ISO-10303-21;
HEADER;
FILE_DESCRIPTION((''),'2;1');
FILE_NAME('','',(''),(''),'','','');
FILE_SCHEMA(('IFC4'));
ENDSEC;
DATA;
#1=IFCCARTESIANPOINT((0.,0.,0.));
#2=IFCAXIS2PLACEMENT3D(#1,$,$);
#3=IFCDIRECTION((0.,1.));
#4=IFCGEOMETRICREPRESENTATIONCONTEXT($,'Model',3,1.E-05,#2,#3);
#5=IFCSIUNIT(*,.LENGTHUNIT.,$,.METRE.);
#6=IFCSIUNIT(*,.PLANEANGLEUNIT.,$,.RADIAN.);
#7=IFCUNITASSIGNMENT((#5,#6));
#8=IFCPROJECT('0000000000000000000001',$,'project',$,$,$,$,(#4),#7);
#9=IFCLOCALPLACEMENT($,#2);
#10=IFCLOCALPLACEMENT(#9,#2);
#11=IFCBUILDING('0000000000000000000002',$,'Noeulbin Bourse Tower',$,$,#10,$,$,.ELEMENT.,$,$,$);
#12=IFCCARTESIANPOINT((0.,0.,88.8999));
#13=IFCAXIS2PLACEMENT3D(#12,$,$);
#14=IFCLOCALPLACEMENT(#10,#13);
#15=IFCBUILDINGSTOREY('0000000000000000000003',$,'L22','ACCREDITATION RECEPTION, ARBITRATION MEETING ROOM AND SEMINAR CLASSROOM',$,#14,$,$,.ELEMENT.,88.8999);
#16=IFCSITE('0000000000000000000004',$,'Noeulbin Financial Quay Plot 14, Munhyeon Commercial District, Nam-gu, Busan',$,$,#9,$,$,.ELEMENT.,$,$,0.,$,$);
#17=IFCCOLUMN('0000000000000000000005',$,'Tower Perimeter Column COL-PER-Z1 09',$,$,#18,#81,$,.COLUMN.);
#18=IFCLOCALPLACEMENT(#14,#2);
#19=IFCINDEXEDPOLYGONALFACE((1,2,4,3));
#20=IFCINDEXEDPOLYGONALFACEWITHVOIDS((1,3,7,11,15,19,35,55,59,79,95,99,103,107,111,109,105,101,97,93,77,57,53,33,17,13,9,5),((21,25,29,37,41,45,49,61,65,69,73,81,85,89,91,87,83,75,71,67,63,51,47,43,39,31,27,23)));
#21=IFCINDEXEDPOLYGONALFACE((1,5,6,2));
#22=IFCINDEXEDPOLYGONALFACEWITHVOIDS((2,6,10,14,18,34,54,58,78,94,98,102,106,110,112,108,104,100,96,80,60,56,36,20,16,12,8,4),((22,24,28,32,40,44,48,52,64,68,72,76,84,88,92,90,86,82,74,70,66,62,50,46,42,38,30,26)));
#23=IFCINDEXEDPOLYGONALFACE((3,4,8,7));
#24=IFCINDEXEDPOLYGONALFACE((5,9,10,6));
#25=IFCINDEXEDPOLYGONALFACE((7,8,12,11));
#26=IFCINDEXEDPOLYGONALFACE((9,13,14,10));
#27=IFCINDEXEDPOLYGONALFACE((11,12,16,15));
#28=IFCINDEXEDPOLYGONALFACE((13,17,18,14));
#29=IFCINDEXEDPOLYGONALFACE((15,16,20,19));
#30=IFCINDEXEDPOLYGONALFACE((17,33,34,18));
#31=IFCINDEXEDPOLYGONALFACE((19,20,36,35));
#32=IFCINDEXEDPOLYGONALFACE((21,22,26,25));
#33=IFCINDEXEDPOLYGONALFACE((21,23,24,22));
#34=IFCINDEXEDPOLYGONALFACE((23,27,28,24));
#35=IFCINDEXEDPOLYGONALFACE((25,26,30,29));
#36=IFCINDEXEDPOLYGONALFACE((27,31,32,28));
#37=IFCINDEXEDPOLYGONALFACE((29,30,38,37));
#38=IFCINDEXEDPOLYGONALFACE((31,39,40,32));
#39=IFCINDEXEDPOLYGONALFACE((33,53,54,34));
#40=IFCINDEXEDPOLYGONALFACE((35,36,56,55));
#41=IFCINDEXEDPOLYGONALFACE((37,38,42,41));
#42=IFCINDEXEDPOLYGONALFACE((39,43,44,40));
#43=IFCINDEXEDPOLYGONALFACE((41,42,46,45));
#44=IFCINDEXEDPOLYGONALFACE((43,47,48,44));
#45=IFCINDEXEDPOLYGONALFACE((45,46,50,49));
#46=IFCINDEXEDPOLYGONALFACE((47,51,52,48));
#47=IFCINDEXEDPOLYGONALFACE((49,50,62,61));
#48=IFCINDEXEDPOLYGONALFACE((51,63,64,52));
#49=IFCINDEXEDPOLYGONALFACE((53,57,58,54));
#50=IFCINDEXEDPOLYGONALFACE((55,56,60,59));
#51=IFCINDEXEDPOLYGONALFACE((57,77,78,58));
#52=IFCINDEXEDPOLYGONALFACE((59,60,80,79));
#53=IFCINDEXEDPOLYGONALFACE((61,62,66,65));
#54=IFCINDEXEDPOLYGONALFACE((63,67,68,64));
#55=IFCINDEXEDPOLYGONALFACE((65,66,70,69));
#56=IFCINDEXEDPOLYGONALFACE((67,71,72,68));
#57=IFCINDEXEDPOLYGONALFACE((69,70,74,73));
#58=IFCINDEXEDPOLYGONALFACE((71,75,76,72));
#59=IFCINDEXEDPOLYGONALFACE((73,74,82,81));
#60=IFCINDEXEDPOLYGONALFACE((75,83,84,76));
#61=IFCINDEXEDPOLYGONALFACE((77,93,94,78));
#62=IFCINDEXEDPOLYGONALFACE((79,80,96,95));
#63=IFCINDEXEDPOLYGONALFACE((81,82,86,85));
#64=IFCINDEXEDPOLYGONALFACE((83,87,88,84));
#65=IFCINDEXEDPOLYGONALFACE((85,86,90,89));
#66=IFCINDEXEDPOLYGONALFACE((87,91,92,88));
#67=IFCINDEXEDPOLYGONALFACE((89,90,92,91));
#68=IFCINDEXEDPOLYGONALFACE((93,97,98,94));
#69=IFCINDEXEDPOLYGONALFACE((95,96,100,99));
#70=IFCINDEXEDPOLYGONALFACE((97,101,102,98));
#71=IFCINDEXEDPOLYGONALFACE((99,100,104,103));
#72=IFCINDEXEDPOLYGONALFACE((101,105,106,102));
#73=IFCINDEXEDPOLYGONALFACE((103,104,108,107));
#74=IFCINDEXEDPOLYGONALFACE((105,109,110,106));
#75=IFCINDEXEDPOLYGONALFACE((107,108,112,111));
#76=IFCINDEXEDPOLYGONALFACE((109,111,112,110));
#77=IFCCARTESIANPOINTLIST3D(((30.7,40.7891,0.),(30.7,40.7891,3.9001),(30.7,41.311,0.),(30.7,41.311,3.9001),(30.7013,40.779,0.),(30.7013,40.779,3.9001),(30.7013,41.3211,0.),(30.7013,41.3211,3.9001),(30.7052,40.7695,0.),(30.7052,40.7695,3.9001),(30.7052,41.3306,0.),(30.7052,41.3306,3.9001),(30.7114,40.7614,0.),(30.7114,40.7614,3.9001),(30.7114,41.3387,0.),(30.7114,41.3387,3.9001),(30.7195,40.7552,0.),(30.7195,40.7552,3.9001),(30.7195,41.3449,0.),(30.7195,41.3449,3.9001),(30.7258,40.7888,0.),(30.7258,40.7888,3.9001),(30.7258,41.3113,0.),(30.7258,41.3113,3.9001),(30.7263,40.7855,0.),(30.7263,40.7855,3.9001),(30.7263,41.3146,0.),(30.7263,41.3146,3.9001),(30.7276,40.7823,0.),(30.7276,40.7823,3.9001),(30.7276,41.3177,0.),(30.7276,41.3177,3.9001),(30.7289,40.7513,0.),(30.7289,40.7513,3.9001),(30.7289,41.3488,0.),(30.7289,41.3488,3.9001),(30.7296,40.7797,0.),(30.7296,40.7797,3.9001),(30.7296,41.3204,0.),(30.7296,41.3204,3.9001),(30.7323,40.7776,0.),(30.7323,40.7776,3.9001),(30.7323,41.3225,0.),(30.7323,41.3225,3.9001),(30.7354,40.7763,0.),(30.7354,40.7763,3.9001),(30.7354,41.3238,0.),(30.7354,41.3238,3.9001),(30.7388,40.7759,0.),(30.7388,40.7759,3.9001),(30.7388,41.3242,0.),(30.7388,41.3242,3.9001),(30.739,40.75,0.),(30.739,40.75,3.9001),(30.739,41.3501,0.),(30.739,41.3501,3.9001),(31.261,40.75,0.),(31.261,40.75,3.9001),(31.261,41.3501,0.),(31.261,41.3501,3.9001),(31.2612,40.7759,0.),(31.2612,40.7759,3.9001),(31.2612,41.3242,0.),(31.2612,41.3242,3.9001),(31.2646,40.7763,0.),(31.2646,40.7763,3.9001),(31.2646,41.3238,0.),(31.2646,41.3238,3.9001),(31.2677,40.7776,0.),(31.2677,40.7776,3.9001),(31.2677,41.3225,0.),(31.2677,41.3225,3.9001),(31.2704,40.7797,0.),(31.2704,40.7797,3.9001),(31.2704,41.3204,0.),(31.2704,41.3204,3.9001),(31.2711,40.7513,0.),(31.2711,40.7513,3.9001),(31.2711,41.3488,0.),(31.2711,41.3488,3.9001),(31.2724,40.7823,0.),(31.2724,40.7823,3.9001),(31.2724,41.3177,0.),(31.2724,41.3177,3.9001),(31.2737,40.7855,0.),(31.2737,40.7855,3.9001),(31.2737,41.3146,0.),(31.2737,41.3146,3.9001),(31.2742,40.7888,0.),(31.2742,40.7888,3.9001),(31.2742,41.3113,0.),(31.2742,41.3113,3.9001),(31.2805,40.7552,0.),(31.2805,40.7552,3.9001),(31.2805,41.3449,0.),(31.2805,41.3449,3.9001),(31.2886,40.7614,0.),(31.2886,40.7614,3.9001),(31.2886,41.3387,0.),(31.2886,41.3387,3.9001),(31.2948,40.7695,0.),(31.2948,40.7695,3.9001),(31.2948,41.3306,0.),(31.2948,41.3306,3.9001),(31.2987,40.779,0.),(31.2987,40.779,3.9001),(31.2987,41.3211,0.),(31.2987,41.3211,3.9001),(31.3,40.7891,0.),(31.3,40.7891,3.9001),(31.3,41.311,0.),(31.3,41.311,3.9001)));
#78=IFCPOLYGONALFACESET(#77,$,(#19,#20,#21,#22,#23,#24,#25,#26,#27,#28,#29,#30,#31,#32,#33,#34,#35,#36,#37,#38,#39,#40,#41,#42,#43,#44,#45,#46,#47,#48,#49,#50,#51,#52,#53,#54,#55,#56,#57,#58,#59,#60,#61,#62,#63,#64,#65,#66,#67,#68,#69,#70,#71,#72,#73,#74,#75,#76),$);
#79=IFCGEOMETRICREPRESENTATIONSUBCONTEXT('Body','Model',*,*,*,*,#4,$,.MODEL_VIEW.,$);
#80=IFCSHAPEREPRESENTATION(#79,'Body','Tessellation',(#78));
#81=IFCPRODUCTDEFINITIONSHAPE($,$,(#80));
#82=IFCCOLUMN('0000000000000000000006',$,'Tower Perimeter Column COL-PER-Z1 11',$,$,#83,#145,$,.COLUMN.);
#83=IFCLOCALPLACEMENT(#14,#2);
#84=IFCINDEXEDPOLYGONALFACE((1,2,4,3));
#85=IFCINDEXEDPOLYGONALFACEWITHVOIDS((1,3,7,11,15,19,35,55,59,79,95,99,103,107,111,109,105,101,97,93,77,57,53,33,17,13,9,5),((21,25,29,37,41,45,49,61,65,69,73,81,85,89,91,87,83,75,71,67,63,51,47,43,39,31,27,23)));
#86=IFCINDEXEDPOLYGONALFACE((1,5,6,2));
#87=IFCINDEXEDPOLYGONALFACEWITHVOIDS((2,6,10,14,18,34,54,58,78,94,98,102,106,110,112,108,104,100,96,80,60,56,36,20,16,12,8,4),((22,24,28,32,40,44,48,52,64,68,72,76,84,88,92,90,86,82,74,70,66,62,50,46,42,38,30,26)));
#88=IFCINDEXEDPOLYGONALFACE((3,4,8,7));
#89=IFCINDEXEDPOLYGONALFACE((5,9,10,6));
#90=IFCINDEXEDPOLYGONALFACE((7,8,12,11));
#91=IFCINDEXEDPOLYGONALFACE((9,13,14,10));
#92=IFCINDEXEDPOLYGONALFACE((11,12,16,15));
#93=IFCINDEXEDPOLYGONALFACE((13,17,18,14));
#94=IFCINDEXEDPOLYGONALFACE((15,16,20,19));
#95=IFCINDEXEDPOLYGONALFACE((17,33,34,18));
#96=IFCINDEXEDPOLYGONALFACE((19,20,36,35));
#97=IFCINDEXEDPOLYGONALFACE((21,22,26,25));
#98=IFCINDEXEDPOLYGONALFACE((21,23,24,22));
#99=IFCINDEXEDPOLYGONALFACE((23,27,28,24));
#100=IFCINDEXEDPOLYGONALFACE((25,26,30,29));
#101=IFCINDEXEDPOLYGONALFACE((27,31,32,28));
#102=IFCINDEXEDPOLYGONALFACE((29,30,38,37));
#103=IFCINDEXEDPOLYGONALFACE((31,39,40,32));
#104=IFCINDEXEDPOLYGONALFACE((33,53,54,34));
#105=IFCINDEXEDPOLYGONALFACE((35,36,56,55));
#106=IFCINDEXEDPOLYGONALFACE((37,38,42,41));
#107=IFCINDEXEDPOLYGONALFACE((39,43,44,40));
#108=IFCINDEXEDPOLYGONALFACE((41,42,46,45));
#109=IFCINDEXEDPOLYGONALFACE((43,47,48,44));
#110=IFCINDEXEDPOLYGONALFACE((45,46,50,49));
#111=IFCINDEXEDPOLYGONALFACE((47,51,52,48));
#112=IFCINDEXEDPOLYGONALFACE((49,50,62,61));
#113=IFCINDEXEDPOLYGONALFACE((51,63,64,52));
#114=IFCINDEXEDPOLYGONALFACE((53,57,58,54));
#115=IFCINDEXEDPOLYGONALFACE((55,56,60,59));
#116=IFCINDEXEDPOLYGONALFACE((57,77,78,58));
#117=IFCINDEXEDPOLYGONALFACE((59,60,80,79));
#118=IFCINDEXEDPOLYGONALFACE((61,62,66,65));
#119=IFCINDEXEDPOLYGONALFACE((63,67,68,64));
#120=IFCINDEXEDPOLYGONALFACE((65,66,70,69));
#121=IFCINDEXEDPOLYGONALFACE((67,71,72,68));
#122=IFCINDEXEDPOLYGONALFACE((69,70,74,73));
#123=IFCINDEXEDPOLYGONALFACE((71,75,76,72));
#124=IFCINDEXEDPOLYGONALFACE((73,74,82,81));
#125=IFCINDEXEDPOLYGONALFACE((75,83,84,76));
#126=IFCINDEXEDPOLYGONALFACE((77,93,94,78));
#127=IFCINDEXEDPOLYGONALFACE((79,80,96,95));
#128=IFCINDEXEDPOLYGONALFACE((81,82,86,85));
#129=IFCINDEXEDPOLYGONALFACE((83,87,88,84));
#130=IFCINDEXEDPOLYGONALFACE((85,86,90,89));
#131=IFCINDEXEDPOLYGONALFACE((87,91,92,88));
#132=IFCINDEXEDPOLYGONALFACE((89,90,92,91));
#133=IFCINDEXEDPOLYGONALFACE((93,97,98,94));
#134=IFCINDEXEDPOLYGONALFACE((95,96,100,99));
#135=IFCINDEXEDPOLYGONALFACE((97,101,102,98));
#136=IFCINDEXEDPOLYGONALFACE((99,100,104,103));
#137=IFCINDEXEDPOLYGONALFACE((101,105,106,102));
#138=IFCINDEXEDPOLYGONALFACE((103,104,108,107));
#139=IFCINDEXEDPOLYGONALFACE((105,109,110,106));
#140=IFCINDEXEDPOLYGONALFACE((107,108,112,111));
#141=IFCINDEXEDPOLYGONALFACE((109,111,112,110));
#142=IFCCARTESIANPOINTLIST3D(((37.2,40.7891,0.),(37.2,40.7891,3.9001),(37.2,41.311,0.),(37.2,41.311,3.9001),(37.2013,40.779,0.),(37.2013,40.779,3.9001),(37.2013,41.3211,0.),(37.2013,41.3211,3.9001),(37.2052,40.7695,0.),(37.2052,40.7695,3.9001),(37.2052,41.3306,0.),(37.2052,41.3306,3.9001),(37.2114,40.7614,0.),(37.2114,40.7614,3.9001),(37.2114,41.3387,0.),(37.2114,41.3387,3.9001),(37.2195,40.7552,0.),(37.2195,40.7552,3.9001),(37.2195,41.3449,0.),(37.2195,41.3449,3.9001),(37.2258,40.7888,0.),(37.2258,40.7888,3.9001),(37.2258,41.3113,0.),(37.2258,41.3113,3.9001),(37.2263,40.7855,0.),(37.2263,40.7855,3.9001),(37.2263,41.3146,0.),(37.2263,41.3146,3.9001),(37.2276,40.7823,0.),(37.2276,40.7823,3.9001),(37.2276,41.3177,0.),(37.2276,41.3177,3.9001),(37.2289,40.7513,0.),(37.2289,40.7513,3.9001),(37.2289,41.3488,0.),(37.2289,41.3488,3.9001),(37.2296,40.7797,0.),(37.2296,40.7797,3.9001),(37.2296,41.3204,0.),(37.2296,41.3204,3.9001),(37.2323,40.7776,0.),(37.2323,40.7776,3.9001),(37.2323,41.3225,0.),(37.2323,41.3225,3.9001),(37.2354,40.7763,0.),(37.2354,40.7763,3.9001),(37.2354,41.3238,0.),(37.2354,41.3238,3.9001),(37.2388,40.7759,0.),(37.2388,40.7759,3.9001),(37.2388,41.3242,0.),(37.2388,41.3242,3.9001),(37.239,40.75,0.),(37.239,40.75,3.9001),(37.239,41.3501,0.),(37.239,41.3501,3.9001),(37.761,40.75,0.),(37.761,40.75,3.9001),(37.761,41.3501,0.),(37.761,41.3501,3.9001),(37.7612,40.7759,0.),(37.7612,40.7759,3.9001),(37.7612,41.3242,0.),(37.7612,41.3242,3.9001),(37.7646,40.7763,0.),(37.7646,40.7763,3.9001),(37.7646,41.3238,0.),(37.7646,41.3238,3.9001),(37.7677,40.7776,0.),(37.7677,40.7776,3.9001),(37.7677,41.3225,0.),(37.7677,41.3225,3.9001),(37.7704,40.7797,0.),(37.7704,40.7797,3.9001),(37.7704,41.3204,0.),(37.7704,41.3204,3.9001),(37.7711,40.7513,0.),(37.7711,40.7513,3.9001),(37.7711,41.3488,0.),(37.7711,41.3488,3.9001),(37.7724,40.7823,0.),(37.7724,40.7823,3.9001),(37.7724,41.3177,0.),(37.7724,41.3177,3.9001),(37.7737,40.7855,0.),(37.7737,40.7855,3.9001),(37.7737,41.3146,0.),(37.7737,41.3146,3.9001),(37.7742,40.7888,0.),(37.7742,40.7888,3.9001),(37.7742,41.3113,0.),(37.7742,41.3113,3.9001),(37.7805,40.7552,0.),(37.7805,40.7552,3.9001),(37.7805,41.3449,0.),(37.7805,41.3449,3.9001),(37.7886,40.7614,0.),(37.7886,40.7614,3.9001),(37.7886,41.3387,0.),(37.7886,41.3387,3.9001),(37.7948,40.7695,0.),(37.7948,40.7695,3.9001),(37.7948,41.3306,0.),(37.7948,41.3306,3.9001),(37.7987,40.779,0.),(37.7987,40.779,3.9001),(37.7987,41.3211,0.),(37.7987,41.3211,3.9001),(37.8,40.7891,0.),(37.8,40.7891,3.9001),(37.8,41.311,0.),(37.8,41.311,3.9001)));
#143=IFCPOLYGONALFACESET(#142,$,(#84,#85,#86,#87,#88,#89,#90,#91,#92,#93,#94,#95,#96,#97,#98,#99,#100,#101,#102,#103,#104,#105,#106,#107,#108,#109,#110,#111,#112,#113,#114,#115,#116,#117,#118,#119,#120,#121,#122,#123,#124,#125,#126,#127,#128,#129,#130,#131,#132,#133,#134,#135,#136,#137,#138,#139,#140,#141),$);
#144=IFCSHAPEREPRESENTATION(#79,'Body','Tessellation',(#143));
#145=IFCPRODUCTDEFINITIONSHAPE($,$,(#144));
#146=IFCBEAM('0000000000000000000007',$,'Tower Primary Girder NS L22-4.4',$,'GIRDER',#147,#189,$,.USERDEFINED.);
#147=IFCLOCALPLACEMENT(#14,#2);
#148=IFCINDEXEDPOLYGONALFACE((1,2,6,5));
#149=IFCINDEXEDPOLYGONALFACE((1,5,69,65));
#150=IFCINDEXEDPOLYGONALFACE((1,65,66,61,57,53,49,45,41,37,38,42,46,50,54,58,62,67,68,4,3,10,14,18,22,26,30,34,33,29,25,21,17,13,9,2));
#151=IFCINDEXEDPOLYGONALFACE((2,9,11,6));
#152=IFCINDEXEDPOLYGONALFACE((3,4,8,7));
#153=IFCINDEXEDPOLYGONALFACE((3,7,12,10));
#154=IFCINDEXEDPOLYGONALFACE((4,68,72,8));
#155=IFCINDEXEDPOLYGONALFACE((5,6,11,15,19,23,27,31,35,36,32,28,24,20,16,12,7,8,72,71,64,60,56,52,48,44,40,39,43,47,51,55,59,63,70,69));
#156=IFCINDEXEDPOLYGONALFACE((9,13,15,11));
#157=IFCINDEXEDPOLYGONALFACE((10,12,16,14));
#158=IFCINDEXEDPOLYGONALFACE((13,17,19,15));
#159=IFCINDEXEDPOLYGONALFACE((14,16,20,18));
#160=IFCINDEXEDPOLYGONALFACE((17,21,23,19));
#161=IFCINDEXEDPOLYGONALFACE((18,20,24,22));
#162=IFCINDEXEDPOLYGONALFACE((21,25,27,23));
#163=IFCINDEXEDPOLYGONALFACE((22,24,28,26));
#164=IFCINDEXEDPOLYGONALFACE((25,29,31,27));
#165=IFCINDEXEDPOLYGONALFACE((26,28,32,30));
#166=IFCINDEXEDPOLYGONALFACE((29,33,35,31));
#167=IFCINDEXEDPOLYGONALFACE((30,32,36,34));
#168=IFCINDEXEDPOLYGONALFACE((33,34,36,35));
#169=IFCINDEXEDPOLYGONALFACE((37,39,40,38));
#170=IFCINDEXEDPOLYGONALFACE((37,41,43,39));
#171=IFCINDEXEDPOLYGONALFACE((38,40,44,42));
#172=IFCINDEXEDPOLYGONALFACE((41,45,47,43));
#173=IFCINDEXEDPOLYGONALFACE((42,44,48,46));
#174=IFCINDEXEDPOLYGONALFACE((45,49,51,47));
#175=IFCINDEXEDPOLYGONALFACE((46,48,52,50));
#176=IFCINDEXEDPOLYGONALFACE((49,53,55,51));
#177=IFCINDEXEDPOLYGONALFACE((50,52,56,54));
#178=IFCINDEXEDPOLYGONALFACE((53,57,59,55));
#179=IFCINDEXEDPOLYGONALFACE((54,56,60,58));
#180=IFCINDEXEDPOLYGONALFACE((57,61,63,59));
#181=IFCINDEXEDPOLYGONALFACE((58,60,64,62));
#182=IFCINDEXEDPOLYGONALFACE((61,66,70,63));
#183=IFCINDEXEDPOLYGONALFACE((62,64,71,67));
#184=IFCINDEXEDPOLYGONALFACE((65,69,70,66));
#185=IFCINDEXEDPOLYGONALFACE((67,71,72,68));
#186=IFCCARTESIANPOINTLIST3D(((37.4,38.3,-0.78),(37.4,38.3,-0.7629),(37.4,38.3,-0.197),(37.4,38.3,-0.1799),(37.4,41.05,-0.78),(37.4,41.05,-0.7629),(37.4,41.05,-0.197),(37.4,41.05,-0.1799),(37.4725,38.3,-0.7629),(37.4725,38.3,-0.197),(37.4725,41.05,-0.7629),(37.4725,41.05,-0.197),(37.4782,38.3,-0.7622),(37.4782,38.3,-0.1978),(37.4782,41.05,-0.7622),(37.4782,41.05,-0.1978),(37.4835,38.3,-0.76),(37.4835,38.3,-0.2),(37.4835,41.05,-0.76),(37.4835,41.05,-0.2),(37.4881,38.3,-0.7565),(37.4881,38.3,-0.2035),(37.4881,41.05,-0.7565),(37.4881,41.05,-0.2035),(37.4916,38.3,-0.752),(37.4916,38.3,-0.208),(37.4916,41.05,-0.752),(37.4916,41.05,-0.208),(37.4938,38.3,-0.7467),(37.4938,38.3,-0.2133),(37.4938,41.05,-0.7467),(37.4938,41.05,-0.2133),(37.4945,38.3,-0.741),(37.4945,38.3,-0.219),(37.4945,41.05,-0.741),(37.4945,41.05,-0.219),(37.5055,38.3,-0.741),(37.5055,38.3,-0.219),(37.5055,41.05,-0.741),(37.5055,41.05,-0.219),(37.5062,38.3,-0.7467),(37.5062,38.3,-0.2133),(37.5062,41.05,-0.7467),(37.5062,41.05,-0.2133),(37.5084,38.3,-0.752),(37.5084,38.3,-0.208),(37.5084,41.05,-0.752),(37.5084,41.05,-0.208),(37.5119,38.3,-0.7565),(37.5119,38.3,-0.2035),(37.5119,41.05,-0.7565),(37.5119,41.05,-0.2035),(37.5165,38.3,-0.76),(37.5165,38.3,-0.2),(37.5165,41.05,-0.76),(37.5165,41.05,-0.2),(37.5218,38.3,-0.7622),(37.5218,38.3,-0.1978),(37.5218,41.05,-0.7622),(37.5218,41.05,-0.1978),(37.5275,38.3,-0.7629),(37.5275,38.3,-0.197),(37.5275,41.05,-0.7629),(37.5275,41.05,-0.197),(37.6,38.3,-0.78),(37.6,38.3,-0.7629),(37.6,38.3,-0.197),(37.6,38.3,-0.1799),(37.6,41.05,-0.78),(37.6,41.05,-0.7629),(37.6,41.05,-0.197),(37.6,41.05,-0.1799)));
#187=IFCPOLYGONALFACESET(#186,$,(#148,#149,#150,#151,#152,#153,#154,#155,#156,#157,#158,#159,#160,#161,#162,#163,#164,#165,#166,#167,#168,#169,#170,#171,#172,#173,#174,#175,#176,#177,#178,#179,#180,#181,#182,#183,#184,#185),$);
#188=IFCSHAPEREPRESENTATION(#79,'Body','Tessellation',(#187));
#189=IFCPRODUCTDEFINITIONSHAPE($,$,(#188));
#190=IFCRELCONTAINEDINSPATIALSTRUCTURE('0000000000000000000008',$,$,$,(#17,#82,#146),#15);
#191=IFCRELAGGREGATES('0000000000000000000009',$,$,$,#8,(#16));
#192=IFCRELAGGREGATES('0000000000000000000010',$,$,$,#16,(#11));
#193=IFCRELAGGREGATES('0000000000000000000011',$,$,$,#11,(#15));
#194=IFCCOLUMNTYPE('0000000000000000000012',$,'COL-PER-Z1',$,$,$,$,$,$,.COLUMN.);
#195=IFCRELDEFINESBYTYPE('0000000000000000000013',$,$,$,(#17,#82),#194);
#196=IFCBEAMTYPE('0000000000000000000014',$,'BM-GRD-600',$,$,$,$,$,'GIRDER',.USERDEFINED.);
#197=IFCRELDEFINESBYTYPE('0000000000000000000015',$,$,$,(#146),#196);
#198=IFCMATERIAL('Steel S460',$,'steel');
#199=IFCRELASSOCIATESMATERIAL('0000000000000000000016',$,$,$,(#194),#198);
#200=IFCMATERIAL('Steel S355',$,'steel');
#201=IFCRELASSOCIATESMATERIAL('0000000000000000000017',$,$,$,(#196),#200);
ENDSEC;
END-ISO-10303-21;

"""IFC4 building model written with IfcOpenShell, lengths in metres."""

from ifc_helpers import new_model, si_unit, direction, frame, origin, origin_2d, place, context, subcontext, project, spatial, hollow_rectangle, i_section, extrude, material, material_profile, profile_set, type_object, element, save


model = new_model("IFC4")

# Units and contexts
model_context = context("Model", 3, precision=1e-05, world=origin(), true_north=direction((0.0, 1.0)))
body_context = subcontext(model_context, "Body", "Model", "MODEL_VIEW")
ifc_project = project(units=[si_unit("LENGTHUNIT", "METRE"), si_unit("PLANEANGLEUNIT", "RADIAN")], contexts=[model_context])

# Site, building, storey
site_placement = place(None, origin())
site = spatial("IfcSite", under=ifc_project, at=site_placement, Name="Noeulbin Financial Quay Plot 14, Munhyeon Commercial District, Nam-gu, Busan", CompositionType="ELEMENT", RefElevation=0.0)
building_placement = place(site_placement, origin())
building = spatial("IfcBuilding", under=site, at=building_placement, Name="Noeulbin Bourse Tower", CompositionType="ELEMENT")
storey_placement = place(building_placement, frame((0.0, 0.0, 88.8999)))
storey = spatial("IfcBuildingStorey", under=building, at=storey_placement, Name="L22", Description="ACCREDITATION RECEPTION, ARBITRATION MEETING ROOM AND SEMINAR CLASSROOM", CompositionType="ELEMENT", Elevation=88.8999)

# Columns
ifc_material_1 = material(Name="Steel S460", Category="steel")
ifc_material_profile_1 = material_profile(ifc_material_1, hollow_rectangle(XDim=0.6001, YDim=0.6001, WallThickness=0.0259, InnerFilletRadius=0.0129, OuterFilletRadius=0.0391, at=origin_2d()), Name="BOX-600x600x26", Category="LoadBearing")
ifc_profile_set_1 = profile_set([ifc_material_profile_1], Name="Steel S460")
column_type = type_object("IfcColumnType", Name="COL-PER-Z1", PredefinedType="COLUMN", material=ifc_profile_set_1)
for number, where, z_axis, x_axis, name in (
    (1, (31.0, 41.05, 0.0), (0.0, 0.0, 1.0), (1.0, 0.0, 0.0), "Tower Perimeter Column COL-PER-Z1 09"),
    (2, (37.5, 41.05, 0.0), (0.0, 0.0, 1.0), (1.0, 0.0, 0.0), "Tower Perimeter Column COL-PER-Z1 11"),
):
    element("IfcColumn", number, at=place(storey_placement, frame(where, z_axis=z_axis, x_axis=x_axis)), inside=storey, type_object=column_type, Name=name, PredefinedType="COLUMN", context=body_context, shape_type="SweptSolid", body=[
        extrude(hollow_rectangle(XDim=0.6001, YDim=0.6001, WallThickness=0.0259, InnerFilletRadius=0.0129, OuterFilletRadius=0.0391, at=origin_2d()), origin(), (0.0, 0.0, 1.0), 3.9001),
    ])

# Beam
ifc_material_2 = material(Name="Steel S355", Category="steel")
ifc_material_profile_2 = material_profile(ifc_material_2, i_section(OverallWidth=0.2, OverallDepth=0.6001, WebThickness=0.011, FlangeThickness=0.0171, FilletRadius=0.022, at=origin_2d()), Name="H-600x200x11x17", Category="LoadBearing")
ifc_profile_set_2 = profile_set([ifc_material_profile_2], Name="Steel S355")
beam_type_1 = type_object("IfcBeamType", Name="BM-GRD-600", ElementType="GIRDER", PredefinedType="USERDEFINED", material=ifc_profile_set_2)
beam_placement = place(storey_placement, frame((37.5, 38.3, -0.48), z_axis=(0.0, 1.0, 0.0), x_axis=(-1.0, 0.0, 0.0)))
element("IfcBeam", 3, at=beam_placement, inside=storey, type_object=beam_type_1, Name="Tower Primary Girder NS L22-4.4", ObjectType="GIRDER", PredefinedType="USERDEFINED", context=body_context, shape_type="SweptSolid", body=[
    extrude(i_section(OverallWidth=0.2, OverallDepth=0.6001, WebThickness=0.011, FlangeThickness=0.0171, FilletRadius=0.022, at=origin_2d()), origin(), (0.0, 0.0, 1.0), 2.75),
])

save(model, "model.ifc")
